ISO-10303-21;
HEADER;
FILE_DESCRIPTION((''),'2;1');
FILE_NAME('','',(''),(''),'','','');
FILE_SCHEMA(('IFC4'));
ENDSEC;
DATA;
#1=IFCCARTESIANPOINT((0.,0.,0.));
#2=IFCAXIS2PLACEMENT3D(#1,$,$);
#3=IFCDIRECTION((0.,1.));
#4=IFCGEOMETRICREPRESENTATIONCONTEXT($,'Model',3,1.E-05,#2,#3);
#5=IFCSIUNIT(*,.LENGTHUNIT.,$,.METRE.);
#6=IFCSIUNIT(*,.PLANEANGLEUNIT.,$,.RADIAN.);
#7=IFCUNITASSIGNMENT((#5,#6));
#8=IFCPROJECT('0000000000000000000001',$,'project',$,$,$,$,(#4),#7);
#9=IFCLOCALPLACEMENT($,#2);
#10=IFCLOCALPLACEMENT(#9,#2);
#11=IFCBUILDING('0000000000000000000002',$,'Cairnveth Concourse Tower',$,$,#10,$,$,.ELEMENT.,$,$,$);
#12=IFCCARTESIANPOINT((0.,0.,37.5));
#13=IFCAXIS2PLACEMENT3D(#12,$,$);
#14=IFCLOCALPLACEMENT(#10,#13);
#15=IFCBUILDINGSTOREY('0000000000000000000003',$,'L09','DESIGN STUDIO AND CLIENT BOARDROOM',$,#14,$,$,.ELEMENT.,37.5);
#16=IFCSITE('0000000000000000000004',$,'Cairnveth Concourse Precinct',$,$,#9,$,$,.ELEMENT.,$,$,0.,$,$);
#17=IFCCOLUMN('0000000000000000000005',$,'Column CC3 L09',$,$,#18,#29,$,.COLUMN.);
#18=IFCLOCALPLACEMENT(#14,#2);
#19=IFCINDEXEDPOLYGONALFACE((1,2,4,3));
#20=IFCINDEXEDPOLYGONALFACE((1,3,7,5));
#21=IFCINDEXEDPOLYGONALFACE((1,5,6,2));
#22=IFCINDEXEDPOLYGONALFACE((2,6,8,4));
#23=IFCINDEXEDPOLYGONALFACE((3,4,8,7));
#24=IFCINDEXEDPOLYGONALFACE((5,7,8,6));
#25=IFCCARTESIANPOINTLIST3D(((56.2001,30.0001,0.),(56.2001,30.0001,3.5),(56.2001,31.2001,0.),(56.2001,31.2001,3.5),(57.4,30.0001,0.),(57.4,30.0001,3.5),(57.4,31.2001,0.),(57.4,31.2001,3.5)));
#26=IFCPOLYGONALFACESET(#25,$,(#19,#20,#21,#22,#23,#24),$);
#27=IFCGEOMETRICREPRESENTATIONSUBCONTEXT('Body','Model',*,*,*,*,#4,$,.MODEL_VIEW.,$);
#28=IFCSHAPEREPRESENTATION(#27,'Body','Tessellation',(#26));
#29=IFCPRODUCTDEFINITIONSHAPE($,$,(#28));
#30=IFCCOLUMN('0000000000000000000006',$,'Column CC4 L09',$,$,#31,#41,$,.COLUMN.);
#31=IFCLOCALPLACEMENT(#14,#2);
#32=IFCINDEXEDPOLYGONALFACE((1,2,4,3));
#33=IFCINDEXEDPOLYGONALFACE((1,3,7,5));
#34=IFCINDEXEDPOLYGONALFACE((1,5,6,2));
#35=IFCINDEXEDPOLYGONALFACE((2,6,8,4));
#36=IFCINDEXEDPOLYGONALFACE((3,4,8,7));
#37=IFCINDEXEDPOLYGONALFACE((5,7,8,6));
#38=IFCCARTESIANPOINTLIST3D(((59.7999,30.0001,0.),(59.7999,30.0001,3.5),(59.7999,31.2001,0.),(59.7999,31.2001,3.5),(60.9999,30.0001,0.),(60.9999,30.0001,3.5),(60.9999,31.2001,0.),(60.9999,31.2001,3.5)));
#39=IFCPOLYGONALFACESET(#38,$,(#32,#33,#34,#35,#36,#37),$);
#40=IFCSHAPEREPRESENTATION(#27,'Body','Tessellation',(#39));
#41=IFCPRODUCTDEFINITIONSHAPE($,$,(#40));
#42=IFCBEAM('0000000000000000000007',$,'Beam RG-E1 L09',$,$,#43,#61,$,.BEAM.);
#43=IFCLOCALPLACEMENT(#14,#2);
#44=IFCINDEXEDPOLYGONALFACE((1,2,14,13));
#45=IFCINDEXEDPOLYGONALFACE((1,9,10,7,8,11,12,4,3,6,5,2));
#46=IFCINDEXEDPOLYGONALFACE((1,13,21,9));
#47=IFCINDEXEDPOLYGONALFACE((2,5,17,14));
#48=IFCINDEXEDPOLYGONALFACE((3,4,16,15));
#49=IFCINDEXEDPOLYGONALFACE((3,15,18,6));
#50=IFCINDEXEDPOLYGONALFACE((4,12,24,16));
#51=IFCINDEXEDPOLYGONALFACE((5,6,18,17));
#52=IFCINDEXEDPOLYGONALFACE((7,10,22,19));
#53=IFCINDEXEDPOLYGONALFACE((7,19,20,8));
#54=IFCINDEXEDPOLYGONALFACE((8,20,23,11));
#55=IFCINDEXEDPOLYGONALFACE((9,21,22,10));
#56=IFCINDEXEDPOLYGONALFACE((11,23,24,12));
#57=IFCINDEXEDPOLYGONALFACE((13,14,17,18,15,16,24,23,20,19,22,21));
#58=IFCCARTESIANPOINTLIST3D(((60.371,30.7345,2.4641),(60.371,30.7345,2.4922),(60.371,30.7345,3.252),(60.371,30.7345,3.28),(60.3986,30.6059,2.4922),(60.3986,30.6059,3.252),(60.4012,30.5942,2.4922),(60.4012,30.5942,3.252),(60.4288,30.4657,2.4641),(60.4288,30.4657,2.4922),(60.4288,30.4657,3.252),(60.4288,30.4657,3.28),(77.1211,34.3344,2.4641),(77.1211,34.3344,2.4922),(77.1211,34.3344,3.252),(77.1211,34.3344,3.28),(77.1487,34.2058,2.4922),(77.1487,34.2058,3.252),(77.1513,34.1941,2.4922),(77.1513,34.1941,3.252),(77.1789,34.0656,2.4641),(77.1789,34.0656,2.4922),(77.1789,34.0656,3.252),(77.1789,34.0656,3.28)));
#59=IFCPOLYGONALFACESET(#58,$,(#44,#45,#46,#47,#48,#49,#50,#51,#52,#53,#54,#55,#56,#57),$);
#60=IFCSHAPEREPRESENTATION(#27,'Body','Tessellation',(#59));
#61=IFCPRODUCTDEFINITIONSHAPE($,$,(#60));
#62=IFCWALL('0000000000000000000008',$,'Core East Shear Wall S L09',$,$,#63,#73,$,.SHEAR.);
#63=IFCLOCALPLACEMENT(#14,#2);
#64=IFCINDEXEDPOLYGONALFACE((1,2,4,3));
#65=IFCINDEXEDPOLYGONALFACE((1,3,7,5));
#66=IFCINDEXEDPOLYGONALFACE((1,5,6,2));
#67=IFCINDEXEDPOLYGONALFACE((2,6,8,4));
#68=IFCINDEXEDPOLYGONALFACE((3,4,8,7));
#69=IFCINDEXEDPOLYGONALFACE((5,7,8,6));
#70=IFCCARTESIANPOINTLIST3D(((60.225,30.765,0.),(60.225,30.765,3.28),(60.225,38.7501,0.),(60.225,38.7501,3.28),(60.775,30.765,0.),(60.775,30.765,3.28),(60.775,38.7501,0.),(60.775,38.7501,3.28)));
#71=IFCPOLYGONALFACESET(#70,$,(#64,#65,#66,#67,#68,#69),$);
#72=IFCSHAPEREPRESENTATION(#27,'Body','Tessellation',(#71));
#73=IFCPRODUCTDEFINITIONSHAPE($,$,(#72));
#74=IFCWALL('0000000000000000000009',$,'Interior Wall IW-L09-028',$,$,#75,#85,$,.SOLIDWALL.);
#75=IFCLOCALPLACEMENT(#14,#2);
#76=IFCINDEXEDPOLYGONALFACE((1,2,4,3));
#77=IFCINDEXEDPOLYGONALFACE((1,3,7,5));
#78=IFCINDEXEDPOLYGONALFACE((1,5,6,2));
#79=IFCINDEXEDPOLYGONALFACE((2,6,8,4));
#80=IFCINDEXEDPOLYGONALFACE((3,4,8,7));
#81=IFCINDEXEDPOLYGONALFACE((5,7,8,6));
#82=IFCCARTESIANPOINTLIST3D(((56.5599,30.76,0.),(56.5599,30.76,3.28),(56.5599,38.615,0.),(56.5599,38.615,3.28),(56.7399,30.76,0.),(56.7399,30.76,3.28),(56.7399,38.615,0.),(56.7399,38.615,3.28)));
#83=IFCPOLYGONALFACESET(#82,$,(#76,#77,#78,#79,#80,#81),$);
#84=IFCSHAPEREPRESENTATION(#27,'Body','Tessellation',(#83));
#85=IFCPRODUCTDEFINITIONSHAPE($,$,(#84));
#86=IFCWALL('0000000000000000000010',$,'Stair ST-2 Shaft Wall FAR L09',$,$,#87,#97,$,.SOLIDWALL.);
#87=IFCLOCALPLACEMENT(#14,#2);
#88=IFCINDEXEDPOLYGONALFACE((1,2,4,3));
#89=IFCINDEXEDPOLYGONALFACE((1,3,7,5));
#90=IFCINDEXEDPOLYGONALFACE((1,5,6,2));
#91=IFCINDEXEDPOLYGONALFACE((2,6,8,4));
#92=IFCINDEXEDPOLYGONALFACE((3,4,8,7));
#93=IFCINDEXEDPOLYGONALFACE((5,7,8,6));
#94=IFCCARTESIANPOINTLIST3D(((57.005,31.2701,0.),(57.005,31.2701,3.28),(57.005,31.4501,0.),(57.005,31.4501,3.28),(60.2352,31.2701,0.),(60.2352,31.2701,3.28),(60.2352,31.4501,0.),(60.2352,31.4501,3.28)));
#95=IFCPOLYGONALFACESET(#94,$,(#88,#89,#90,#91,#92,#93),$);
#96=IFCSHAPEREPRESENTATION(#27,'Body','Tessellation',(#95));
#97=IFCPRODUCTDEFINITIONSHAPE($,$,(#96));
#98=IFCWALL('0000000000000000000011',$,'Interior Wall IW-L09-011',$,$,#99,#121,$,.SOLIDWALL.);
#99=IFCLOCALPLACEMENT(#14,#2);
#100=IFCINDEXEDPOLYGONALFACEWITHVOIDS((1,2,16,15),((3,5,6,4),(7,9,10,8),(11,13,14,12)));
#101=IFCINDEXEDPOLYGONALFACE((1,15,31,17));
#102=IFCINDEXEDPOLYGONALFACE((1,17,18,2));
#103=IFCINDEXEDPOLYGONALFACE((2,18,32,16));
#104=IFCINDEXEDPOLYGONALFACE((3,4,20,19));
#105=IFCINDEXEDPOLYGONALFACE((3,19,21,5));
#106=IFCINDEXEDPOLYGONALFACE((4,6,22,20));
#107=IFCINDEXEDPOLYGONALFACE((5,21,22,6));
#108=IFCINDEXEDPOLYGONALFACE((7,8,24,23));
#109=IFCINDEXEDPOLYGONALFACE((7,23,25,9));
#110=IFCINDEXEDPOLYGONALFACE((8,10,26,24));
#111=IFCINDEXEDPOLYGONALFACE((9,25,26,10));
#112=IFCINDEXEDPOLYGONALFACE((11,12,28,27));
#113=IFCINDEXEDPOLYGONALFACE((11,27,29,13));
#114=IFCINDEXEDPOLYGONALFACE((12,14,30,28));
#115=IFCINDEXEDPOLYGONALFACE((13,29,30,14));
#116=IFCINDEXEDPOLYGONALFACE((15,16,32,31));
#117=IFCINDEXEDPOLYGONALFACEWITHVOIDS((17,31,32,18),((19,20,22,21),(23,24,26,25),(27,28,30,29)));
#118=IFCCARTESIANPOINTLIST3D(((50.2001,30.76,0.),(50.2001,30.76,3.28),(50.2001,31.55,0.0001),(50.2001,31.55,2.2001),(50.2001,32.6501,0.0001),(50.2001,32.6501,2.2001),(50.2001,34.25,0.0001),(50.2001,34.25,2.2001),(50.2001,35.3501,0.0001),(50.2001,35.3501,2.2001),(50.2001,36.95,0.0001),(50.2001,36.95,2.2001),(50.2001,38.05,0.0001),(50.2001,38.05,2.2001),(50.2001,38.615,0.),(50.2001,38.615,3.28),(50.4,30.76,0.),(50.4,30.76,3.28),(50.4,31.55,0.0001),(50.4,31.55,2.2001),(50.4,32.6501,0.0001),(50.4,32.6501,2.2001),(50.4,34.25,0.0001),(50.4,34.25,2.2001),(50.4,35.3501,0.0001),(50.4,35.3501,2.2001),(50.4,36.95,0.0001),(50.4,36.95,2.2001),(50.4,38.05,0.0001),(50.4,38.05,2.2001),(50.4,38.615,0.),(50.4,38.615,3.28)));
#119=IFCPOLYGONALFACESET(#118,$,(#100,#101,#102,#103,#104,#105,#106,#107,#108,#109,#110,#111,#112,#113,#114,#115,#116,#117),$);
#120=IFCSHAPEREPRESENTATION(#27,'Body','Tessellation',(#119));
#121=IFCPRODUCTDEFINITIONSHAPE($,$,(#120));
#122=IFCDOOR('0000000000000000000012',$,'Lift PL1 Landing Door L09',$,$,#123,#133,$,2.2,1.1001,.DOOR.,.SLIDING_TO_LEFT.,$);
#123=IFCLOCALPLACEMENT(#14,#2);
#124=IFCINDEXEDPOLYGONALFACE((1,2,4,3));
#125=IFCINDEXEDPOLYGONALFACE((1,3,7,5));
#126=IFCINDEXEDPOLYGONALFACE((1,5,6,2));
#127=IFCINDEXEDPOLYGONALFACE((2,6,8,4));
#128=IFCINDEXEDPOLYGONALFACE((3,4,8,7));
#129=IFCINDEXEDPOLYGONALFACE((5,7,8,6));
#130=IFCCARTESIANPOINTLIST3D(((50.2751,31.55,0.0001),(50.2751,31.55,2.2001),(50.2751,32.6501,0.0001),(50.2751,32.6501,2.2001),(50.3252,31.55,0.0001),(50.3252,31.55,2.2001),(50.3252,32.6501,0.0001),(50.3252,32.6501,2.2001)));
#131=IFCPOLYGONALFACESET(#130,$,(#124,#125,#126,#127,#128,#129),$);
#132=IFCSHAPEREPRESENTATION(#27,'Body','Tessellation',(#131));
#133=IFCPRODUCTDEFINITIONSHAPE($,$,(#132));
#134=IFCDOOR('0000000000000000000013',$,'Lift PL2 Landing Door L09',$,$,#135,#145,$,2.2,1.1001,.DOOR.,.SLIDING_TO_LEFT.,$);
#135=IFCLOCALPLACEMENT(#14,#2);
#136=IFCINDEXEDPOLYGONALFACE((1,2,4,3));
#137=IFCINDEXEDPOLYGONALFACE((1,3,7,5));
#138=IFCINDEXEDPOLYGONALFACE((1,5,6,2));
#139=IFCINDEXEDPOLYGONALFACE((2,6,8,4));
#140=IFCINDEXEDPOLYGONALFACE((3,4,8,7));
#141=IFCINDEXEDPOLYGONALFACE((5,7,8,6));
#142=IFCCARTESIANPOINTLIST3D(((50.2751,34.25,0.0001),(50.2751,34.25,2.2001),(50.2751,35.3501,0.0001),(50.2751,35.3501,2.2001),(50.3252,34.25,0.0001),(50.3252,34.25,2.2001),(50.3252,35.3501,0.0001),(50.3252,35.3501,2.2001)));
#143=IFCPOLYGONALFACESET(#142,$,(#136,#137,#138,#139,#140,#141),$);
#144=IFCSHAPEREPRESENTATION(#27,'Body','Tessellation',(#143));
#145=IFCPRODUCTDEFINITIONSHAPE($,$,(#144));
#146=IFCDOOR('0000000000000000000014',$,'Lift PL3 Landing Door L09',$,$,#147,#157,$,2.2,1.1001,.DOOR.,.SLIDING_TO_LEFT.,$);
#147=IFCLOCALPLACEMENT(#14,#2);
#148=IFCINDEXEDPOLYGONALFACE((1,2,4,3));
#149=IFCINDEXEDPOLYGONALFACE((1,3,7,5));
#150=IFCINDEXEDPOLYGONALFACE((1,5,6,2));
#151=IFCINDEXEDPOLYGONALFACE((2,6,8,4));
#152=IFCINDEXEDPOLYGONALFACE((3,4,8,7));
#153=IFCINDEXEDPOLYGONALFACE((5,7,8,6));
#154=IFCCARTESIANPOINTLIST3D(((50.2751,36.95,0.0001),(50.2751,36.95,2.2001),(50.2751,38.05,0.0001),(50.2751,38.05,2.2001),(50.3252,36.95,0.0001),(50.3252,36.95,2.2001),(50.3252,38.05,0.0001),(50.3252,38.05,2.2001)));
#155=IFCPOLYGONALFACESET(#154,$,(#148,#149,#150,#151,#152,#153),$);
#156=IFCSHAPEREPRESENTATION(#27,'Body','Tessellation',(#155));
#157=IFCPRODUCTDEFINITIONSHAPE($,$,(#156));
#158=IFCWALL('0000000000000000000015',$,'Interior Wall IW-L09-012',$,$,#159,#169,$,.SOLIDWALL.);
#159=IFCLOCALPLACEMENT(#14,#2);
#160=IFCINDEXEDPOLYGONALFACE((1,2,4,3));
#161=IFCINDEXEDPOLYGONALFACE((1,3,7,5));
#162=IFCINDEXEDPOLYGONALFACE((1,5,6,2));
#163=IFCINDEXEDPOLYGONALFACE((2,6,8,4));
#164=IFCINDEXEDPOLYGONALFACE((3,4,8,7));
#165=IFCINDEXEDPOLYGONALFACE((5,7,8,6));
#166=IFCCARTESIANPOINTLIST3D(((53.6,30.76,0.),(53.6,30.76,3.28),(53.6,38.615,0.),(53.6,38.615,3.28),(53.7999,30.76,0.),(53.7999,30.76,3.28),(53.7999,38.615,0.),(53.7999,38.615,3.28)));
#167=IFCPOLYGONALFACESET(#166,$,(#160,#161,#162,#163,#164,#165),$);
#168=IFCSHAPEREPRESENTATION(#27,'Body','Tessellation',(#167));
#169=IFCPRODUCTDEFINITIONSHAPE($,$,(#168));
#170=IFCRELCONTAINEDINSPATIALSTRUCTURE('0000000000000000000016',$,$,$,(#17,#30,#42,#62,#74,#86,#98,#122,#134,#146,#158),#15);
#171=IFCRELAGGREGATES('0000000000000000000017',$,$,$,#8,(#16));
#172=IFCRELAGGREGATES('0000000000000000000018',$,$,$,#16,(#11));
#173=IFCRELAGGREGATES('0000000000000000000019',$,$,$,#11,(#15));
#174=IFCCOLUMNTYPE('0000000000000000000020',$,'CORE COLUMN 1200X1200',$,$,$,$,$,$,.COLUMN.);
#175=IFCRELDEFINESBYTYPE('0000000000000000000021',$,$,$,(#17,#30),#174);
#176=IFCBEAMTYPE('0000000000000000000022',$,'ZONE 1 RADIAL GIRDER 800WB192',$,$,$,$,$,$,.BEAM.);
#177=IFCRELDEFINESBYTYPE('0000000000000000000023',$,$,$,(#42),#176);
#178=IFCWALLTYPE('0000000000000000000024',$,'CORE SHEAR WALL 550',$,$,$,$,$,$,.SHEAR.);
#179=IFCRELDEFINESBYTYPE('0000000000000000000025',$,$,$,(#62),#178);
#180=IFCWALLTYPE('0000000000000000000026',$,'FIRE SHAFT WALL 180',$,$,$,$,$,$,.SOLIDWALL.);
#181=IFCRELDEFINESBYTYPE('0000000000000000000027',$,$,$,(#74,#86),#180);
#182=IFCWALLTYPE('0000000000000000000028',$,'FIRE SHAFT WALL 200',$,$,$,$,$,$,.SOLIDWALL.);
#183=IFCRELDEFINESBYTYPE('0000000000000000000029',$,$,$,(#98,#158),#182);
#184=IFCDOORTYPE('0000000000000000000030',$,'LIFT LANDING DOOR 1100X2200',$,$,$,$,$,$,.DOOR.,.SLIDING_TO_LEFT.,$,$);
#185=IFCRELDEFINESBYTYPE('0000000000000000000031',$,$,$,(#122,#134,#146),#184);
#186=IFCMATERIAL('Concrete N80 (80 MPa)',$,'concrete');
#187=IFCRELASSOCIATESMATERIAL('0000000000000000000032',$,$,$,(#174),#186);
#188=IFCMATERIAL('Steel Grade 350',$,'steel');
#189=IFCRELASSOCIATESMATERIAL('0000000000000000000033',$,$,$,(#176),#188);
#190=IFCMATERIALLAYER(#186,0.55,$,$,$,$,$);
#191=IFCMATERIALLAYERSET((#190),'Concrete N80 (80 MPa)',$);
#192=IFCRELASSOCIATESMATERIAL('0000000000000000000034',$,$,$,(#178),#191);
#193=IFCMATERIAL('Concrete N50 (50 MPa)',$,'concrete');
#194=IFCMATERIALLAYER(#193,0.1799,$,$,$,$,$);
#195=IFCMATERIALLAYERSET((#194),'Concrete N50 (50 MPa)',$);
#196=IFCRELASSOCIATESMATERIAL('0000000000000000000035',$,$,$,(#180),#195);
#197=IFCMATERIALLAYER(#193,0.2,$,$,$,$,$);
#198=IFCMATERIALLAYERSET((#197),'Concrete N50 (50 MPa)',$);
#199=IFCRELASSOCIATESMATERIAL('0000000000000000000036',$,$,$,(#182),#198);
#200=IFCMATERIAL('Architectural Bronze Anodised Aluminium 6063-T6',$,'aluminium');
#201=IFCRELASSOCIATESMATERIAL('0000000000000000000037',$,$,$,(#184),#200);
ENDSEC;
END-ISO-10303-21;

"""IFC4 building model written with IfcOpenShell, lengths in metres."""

from ifc_helpers import new_model, si_unit, direction, frame, frame_2d, origin, origin_2d, place, context, subcontext, project, spatial, rectangle, i_section, extrude, material, layer, layer_set, material_profile, profile_set, type_object, element, fill, save


model = new_model("IFC4")

# Units and contexts
model_context = context("Model", 3, precision=1e-05, world=origin(), true_north=direction((0.0, 1.0)))
body_context = subcontext(model_context, "Body", "Model", "MODEL_VIEW")
ifc_project = project(units=[si_unit("LENGTHUNIT", "METRE"), si_unit("PLANEANGLEUNIT", "RADIAN")], contexts=[model_context])

# Site, building, storey
site_placement = place(None, origin())
site = spatial("IfcSite", under=ifc_project, at=site_placement, Name="Cairnveth Concourse Precinct", CompositionType="ELEMENT", RefElevation=0.0)
building_placement = place(site_placement, origin())
building = spatial("IfcBuilding", under=site, at=building_placement, Name="Cairnveth Concourse Tower", CompositionType="ELEMENT")
storey_placement = place(building_placement, frame((0.0, 0.0, 37.5)))
storey = spatial("IfcBuildingStorey", under=building, at=storey_placement, Name="L09", Description="DESIGN STUDIO AND CLIENT BOARDROOM", CompositionType="ELEMENT", Elevation=37.5)

# Columns
ifc_material_1 = material(Name="Concrete N80 (80 MPa)", Category="concrete")
ifc_material_profile_1 = material_profile(ifc_material_1, rectangle(XDim=1.2, YDim=1.2, at=origin_2d()), Name="RC-COL-1200x1200")
ifc_profile_set_1 = profile_set([ifc_material_profile_1], Name="Concrete N80 (80 MPa)")
column_type = type_object("IfcColumnType", Name="CORE COLUMN 1200X1200", PredefinedType="COLUMN", material=ifc_profile_set_1)
for number, where, z_axis, x_axis, name in (
    (1, (56.8, 30.6001, 0.0), (0.0, 0.0, 1.0), (1.0, 0.0, 0.0), "Column CC3 L09"),
    (2, (60.3999, 30.6001, 0.0), (0.0, 0.0, 1.0), (1.0, 0.0, 0.0), "Column CC4 L09"),
):
    element("IfcColumn", number, at=place(storey_placement, frame(where, z_axis=z_axis, x_axis=x_axis)), inside=storey, type_object=column_type, Name=name, PredefinedType="COLUMN", context=body_context, shape_type="SweptSolid", body=[
        extrude(rectangle(XDim=1.2, YDim=1.2, at=origin_2d()), origin(), (0.0, 0.0, 1.0), 3.5),
    ])

# Beam
ifc_material_2 = material(Name="Steel Grade 350", Category="steel")
ifc_material_profile_2 = material_profile(ifc_material_2, i_section(OverallWidth=0.2749, OverallDepth=0.8159, WebThickness=0.012, FlangeThickness=0.0281, at=origin_2d()), Name="800WB192")
ifc_profile_set_2 = profile_set([ifc_material_profile_2], Name="Steel Grade 350")
beam_type = type_object("IfcBeamType", Name="ZONE 1 RADIAL GIRDER 800WB192", PredefinedType="BEAM", material=ifc_profile_set_2)
beam_placement = place(storey_placement, frame((60.3999, 30.6001, 2.8721), z_axis=(0.977676, 0.210119, 0.0), x_axis=(-0.210119, 0.977676, 0.0)))
element("IfcBeam", 3, at=beam_placement, inside=storey, type_object=beam_type, Name="Beam RG-E1 L09", PredefinedType="BEAM", context=body_context, shape_type="SweptSolid", body=[
    extrude(i_section(OverallWidth=0.2749, OverallDepth=0.8159, WebThickness=0.012, FlangeThickness=0.0281, at=origin_2d()), origin(), (0.0, 0.0, 1.0), 17.1326),
])

# Walls
ifc_layer_1 = layer(ifc_material_1, 0.55)
ifc_layer_set_1 = layer_set([ifc_layer_1], Name="Concrete N80 (80 MPa)")
wall_type_1 = type_object("IfcWallType", Name="CORE SHEAR WALL 550", PredefinedType="SHEAR", material=ifc_layer_set_1)
wall_1_placement = place(storey_placement, frame((60.5, 30.7649, 0.0), z_axis=(0.0, 0.0, 1.0), x_axis=(0.0, 1.0, 0.0)))
element("IfcWall", 4, at=wall_1_placement, inside=storey, type_object=wall_type_1, Name="Core East Shear Wall S L09", PredefinedType="SHEAR", context=body_context, shape_type="SweptSolid", body=[
    extrude(rectangle(XDim=7.9851, YDim=0.55, at=frame_2d((3.9927, 0.0))), origin(), (0.0, 0.0, 1.0), 3.28),
])
ifc_material_3 = material(Name="Concrete N50 (50 MPa)", Category="concrete")
ifc_layer_2 = layer(ifc_material_3, 0.1799)
ifc_layer_set_2 = layer_set([ifc_layer_2], Name="Concrete N50 (50 MPa)")
wall_type_2 = type_object("IfcWallType", Name="FIRE SHAFT WALL 180", PredefinedType="SOLIDWALL", material=ifc_layer_set_2)
wall_2_placement = place(storey_placement, frame((56.6499, 30.76, 0.0), z_axis=(0.0, 0.0, 1.0), x_axis=(0.0, 1.0, 0.0)))
element("IfcWall", 5, at=wall_2_placement, inside=storey, type_object=wall_type_2, Name="Interior Wall IW-L09-028", PredefinedType="SOLIDWALL", context=body_context, shape_type="SweptSolid", body=[
    extrude(rectangle(XDim=7.855, YDim=0.1799, at=frame_2d((3.9275, 0.0))), origin(), (0.0, 0.0, 1.0), 3.28),
])
wall_3_placement = place(storey_placement, frame((57.0049, 31.3601, 0.0), z_axis=(0.0, 0.0, 1.0), x_axis=(1.0, 0.0, 0.0)))
element("IfcWall", 6, at=wall_3_placement, inside=storey, type_object=wall_type_2, Name="Stair ST-2 Shaft Wall FAR L09", PredefinedType="SOLIDWALL", context=body_context, shape_type="SweptSolid", body=[
    extrude(rectangle(XDim=3.2302, YDim=0.1799, at=frame_2d((1.6152, 0.0))), origin(), (0.0, 0.0, 1.0), 3.28),
])

# Wall, openings, doors
ifc_layer_3 = layer(ifc_material_3, 0.2)
ifc_layer_set_3 = layer_set([ifc_layer_3], Name="Concrete N50 (50 MPa)")
wall_type_3 = type_object("IfcWallType", Name="FIRE SHAFT WALL 200", PredefinedType="SOLIDWALL", material=ifc_layer_set_3)
wall_4_placement = place(storey_placement, frame((50.3, 30.76, 0.0), z_axis=(0.0, 0.0, 1.0), x_axis=(0.0, 1.0, 0.0)))
wall_4 = element("IfcWall", 7, at=wall_4_placement, inside=storey, type_object=wall_type_3, Name="Interior Wall IW-L09-011", PredefinedType="SOLIDWALL", context=body_context, shape_type="SweptSolid", body=[
    extrude(rectangle(XDim=7.855, YDim=0.2, at=frame_2d((3.9275, 0.0))), origin(), (0.0, 0.0, 1.0), 3.28),
])
opening_1_placement = place(wall_4_placement, frame((0.79, 0.0, 0.0)))
opening_1 = element("IfcOpeningElement", 8, at=opening_1_placement, cuts=wall_4, PredefinedType="OPENING", context=body_context, shape_type="SweptSolid", body=[
    extrude(rectangle(XDim=1.1001, YDim=2.2, at=frame_2d((0.55, 1.1001))), frame((0.0, 0.1099, 0.0), z_axis=(0.0, -1.0, 0.0), x_axis=(1.0, 0.0, 0.0)), (0.0, 0.0, 1.0), 0.22),
])
opening_2_placement = place(wall_4_placement, frame((3.49, 0.0, 0.0)))
opening_2 = element("IfcOpeningElement", 9, at=opening_2_placement, cuts=wall_4, PredefinedType="OPENING", context=body_context, shape_type="SweptSolid", body=[
    extrude(rectangle(XDim=1.1001, YDim=2.2, at=frame_2d((0.55, 1.1001))), frame((0.0, 0.1099, 0.0), z_axis=(0.0, -1.0, 0.0), x_axis=(1.0, 0.0, 0.0)), (0.0, 0.0, 1.0), 0.22),
])
opening_3_placement = place(wall_4_placement, frame((6.1899, 0.0, 0.0)))
opening_3 = element("IfcOpeningElement", 10, at=opening_3_placement, cuts=wall_4, PredefinedType="OPENING", context=body_context, shape_type="SweptSolid", body=[
    extrude(rectangle(XDim=1.1001, YDim=2.2, at=frame_2d((0.55, 1.1001))), frame((0.0, 0.1099, 0.0), z_axis=(0.0, -1.0, 0.0), x_axis=(1.0, 0.0, 0.0)), (0.0, 0.0, 1.0), 0.22),
])
ifc_material_4 = material(Name="Architectural Bronze Anodised Aluminium 6063-T6", Category="aluminium")
door_type = type_object("IfcDoorType", Name="LIFT LANDING DOOR 1100X2200", OperationType="SLIDING_TO_LEFT", PredefinedType="DOOR", material=ifc_material_4)
door_1_placement = place(opening_1_placement, origin())
door_1 = element("IfcDoor", 11, at=door_1_placement, inside=storey, type_object=door_type, Name="Lift PL1 Landing Door L09", OperationType="SLIDING_TO_LEFT", OverallHeight=2.2, OverallWidth=1.1001, PredefinedType="DOOR", context=body_context, shape_type="SweptSolid", body=[
    extrude(rectangle(XDim=1.1001, YDim=2.2, at=frame_2d((0.55, 1.1001))), frame((0.0, 0.0249, 0.0), z_axis=(0.0, -1.0, 0.0), x_axis=(1.0, 0.0, 0.0)), (0.0, 0.0, 1.0), 0.05),
])
fill(opening_1, door_1)
door_2_placement = place(opening_2_placement, origin())
door_2 = element("IfcDoor", 12, at=door_2_placement, inside=storey, type_object=door_type, Name="Lift PL2 Landing Door L09", OperationType="SLIDING_TO_LEFT", OverallHeight=2.2, OverallWidth=1.1001, PredefinedType="DOOR", context=body_context, shape_type="SweptSolid", body=[
    extrude(rectangle(XDim=1.1001, YDim=2.2, at=frame_2d((0.55, 1.1001))), frame((0.0, 0.0249, 0.0), z_axis=(0.0, -1.0, 0.0), x_axis=(1.0, 0.0, 0.0)), (0.0, 0.0, 1.0), 0.05),
])
fill(opening_2, door_2)
door_3_placement = place(opening_3_placement, origin())
door_3 = element("IfcDoor", 13, at=door_3_placement, inside=storey, type_object=door_type, Name="Lift PL3 Landing Door L09", OperationType="SLIDING_TO_LEFT", OverallHeight=2.2, OverallWidth=1.1001, PredefinedType="DOOR", context=body_context, shape_type="SweptSolid", body=[
    extrude(rectangle(XDim=1.1001, YDim=2.2, at=frame_2d((0.55, 1.1001))), frame((0.0, 0.0249, 0.0), z_axis=(0.0, -1.0, 0.0), x_axis=(1.0, 0.0, 0.0)), (0.0, 0.0, 1.0), 0.05),
])
fill(opening_3, door_3)

# Wall
wall_5_placement = place(storey_placement, frame((53.7, 30.76, 0.0), z_axis=(0.0, 0.0, 1.0), x_axis=(0.0, 1.0, 0.0)))
element("IfcWall", 14, at=wall_5_placement, inside=storey, type_object=wall_type_3, Name="Interior Wall IW-L09-012", PredefinedType="SOLIDWALL", context=body_context, shape_type="SweptSolid", body=[
    extrude(rectangle(XDim=7.855, YDim=0.2, at=frame_2d((3.9275, 0.0))), origin(), (0.0, 0.0, 1.0), 3.28),
])

save(model, "model.ifc")
